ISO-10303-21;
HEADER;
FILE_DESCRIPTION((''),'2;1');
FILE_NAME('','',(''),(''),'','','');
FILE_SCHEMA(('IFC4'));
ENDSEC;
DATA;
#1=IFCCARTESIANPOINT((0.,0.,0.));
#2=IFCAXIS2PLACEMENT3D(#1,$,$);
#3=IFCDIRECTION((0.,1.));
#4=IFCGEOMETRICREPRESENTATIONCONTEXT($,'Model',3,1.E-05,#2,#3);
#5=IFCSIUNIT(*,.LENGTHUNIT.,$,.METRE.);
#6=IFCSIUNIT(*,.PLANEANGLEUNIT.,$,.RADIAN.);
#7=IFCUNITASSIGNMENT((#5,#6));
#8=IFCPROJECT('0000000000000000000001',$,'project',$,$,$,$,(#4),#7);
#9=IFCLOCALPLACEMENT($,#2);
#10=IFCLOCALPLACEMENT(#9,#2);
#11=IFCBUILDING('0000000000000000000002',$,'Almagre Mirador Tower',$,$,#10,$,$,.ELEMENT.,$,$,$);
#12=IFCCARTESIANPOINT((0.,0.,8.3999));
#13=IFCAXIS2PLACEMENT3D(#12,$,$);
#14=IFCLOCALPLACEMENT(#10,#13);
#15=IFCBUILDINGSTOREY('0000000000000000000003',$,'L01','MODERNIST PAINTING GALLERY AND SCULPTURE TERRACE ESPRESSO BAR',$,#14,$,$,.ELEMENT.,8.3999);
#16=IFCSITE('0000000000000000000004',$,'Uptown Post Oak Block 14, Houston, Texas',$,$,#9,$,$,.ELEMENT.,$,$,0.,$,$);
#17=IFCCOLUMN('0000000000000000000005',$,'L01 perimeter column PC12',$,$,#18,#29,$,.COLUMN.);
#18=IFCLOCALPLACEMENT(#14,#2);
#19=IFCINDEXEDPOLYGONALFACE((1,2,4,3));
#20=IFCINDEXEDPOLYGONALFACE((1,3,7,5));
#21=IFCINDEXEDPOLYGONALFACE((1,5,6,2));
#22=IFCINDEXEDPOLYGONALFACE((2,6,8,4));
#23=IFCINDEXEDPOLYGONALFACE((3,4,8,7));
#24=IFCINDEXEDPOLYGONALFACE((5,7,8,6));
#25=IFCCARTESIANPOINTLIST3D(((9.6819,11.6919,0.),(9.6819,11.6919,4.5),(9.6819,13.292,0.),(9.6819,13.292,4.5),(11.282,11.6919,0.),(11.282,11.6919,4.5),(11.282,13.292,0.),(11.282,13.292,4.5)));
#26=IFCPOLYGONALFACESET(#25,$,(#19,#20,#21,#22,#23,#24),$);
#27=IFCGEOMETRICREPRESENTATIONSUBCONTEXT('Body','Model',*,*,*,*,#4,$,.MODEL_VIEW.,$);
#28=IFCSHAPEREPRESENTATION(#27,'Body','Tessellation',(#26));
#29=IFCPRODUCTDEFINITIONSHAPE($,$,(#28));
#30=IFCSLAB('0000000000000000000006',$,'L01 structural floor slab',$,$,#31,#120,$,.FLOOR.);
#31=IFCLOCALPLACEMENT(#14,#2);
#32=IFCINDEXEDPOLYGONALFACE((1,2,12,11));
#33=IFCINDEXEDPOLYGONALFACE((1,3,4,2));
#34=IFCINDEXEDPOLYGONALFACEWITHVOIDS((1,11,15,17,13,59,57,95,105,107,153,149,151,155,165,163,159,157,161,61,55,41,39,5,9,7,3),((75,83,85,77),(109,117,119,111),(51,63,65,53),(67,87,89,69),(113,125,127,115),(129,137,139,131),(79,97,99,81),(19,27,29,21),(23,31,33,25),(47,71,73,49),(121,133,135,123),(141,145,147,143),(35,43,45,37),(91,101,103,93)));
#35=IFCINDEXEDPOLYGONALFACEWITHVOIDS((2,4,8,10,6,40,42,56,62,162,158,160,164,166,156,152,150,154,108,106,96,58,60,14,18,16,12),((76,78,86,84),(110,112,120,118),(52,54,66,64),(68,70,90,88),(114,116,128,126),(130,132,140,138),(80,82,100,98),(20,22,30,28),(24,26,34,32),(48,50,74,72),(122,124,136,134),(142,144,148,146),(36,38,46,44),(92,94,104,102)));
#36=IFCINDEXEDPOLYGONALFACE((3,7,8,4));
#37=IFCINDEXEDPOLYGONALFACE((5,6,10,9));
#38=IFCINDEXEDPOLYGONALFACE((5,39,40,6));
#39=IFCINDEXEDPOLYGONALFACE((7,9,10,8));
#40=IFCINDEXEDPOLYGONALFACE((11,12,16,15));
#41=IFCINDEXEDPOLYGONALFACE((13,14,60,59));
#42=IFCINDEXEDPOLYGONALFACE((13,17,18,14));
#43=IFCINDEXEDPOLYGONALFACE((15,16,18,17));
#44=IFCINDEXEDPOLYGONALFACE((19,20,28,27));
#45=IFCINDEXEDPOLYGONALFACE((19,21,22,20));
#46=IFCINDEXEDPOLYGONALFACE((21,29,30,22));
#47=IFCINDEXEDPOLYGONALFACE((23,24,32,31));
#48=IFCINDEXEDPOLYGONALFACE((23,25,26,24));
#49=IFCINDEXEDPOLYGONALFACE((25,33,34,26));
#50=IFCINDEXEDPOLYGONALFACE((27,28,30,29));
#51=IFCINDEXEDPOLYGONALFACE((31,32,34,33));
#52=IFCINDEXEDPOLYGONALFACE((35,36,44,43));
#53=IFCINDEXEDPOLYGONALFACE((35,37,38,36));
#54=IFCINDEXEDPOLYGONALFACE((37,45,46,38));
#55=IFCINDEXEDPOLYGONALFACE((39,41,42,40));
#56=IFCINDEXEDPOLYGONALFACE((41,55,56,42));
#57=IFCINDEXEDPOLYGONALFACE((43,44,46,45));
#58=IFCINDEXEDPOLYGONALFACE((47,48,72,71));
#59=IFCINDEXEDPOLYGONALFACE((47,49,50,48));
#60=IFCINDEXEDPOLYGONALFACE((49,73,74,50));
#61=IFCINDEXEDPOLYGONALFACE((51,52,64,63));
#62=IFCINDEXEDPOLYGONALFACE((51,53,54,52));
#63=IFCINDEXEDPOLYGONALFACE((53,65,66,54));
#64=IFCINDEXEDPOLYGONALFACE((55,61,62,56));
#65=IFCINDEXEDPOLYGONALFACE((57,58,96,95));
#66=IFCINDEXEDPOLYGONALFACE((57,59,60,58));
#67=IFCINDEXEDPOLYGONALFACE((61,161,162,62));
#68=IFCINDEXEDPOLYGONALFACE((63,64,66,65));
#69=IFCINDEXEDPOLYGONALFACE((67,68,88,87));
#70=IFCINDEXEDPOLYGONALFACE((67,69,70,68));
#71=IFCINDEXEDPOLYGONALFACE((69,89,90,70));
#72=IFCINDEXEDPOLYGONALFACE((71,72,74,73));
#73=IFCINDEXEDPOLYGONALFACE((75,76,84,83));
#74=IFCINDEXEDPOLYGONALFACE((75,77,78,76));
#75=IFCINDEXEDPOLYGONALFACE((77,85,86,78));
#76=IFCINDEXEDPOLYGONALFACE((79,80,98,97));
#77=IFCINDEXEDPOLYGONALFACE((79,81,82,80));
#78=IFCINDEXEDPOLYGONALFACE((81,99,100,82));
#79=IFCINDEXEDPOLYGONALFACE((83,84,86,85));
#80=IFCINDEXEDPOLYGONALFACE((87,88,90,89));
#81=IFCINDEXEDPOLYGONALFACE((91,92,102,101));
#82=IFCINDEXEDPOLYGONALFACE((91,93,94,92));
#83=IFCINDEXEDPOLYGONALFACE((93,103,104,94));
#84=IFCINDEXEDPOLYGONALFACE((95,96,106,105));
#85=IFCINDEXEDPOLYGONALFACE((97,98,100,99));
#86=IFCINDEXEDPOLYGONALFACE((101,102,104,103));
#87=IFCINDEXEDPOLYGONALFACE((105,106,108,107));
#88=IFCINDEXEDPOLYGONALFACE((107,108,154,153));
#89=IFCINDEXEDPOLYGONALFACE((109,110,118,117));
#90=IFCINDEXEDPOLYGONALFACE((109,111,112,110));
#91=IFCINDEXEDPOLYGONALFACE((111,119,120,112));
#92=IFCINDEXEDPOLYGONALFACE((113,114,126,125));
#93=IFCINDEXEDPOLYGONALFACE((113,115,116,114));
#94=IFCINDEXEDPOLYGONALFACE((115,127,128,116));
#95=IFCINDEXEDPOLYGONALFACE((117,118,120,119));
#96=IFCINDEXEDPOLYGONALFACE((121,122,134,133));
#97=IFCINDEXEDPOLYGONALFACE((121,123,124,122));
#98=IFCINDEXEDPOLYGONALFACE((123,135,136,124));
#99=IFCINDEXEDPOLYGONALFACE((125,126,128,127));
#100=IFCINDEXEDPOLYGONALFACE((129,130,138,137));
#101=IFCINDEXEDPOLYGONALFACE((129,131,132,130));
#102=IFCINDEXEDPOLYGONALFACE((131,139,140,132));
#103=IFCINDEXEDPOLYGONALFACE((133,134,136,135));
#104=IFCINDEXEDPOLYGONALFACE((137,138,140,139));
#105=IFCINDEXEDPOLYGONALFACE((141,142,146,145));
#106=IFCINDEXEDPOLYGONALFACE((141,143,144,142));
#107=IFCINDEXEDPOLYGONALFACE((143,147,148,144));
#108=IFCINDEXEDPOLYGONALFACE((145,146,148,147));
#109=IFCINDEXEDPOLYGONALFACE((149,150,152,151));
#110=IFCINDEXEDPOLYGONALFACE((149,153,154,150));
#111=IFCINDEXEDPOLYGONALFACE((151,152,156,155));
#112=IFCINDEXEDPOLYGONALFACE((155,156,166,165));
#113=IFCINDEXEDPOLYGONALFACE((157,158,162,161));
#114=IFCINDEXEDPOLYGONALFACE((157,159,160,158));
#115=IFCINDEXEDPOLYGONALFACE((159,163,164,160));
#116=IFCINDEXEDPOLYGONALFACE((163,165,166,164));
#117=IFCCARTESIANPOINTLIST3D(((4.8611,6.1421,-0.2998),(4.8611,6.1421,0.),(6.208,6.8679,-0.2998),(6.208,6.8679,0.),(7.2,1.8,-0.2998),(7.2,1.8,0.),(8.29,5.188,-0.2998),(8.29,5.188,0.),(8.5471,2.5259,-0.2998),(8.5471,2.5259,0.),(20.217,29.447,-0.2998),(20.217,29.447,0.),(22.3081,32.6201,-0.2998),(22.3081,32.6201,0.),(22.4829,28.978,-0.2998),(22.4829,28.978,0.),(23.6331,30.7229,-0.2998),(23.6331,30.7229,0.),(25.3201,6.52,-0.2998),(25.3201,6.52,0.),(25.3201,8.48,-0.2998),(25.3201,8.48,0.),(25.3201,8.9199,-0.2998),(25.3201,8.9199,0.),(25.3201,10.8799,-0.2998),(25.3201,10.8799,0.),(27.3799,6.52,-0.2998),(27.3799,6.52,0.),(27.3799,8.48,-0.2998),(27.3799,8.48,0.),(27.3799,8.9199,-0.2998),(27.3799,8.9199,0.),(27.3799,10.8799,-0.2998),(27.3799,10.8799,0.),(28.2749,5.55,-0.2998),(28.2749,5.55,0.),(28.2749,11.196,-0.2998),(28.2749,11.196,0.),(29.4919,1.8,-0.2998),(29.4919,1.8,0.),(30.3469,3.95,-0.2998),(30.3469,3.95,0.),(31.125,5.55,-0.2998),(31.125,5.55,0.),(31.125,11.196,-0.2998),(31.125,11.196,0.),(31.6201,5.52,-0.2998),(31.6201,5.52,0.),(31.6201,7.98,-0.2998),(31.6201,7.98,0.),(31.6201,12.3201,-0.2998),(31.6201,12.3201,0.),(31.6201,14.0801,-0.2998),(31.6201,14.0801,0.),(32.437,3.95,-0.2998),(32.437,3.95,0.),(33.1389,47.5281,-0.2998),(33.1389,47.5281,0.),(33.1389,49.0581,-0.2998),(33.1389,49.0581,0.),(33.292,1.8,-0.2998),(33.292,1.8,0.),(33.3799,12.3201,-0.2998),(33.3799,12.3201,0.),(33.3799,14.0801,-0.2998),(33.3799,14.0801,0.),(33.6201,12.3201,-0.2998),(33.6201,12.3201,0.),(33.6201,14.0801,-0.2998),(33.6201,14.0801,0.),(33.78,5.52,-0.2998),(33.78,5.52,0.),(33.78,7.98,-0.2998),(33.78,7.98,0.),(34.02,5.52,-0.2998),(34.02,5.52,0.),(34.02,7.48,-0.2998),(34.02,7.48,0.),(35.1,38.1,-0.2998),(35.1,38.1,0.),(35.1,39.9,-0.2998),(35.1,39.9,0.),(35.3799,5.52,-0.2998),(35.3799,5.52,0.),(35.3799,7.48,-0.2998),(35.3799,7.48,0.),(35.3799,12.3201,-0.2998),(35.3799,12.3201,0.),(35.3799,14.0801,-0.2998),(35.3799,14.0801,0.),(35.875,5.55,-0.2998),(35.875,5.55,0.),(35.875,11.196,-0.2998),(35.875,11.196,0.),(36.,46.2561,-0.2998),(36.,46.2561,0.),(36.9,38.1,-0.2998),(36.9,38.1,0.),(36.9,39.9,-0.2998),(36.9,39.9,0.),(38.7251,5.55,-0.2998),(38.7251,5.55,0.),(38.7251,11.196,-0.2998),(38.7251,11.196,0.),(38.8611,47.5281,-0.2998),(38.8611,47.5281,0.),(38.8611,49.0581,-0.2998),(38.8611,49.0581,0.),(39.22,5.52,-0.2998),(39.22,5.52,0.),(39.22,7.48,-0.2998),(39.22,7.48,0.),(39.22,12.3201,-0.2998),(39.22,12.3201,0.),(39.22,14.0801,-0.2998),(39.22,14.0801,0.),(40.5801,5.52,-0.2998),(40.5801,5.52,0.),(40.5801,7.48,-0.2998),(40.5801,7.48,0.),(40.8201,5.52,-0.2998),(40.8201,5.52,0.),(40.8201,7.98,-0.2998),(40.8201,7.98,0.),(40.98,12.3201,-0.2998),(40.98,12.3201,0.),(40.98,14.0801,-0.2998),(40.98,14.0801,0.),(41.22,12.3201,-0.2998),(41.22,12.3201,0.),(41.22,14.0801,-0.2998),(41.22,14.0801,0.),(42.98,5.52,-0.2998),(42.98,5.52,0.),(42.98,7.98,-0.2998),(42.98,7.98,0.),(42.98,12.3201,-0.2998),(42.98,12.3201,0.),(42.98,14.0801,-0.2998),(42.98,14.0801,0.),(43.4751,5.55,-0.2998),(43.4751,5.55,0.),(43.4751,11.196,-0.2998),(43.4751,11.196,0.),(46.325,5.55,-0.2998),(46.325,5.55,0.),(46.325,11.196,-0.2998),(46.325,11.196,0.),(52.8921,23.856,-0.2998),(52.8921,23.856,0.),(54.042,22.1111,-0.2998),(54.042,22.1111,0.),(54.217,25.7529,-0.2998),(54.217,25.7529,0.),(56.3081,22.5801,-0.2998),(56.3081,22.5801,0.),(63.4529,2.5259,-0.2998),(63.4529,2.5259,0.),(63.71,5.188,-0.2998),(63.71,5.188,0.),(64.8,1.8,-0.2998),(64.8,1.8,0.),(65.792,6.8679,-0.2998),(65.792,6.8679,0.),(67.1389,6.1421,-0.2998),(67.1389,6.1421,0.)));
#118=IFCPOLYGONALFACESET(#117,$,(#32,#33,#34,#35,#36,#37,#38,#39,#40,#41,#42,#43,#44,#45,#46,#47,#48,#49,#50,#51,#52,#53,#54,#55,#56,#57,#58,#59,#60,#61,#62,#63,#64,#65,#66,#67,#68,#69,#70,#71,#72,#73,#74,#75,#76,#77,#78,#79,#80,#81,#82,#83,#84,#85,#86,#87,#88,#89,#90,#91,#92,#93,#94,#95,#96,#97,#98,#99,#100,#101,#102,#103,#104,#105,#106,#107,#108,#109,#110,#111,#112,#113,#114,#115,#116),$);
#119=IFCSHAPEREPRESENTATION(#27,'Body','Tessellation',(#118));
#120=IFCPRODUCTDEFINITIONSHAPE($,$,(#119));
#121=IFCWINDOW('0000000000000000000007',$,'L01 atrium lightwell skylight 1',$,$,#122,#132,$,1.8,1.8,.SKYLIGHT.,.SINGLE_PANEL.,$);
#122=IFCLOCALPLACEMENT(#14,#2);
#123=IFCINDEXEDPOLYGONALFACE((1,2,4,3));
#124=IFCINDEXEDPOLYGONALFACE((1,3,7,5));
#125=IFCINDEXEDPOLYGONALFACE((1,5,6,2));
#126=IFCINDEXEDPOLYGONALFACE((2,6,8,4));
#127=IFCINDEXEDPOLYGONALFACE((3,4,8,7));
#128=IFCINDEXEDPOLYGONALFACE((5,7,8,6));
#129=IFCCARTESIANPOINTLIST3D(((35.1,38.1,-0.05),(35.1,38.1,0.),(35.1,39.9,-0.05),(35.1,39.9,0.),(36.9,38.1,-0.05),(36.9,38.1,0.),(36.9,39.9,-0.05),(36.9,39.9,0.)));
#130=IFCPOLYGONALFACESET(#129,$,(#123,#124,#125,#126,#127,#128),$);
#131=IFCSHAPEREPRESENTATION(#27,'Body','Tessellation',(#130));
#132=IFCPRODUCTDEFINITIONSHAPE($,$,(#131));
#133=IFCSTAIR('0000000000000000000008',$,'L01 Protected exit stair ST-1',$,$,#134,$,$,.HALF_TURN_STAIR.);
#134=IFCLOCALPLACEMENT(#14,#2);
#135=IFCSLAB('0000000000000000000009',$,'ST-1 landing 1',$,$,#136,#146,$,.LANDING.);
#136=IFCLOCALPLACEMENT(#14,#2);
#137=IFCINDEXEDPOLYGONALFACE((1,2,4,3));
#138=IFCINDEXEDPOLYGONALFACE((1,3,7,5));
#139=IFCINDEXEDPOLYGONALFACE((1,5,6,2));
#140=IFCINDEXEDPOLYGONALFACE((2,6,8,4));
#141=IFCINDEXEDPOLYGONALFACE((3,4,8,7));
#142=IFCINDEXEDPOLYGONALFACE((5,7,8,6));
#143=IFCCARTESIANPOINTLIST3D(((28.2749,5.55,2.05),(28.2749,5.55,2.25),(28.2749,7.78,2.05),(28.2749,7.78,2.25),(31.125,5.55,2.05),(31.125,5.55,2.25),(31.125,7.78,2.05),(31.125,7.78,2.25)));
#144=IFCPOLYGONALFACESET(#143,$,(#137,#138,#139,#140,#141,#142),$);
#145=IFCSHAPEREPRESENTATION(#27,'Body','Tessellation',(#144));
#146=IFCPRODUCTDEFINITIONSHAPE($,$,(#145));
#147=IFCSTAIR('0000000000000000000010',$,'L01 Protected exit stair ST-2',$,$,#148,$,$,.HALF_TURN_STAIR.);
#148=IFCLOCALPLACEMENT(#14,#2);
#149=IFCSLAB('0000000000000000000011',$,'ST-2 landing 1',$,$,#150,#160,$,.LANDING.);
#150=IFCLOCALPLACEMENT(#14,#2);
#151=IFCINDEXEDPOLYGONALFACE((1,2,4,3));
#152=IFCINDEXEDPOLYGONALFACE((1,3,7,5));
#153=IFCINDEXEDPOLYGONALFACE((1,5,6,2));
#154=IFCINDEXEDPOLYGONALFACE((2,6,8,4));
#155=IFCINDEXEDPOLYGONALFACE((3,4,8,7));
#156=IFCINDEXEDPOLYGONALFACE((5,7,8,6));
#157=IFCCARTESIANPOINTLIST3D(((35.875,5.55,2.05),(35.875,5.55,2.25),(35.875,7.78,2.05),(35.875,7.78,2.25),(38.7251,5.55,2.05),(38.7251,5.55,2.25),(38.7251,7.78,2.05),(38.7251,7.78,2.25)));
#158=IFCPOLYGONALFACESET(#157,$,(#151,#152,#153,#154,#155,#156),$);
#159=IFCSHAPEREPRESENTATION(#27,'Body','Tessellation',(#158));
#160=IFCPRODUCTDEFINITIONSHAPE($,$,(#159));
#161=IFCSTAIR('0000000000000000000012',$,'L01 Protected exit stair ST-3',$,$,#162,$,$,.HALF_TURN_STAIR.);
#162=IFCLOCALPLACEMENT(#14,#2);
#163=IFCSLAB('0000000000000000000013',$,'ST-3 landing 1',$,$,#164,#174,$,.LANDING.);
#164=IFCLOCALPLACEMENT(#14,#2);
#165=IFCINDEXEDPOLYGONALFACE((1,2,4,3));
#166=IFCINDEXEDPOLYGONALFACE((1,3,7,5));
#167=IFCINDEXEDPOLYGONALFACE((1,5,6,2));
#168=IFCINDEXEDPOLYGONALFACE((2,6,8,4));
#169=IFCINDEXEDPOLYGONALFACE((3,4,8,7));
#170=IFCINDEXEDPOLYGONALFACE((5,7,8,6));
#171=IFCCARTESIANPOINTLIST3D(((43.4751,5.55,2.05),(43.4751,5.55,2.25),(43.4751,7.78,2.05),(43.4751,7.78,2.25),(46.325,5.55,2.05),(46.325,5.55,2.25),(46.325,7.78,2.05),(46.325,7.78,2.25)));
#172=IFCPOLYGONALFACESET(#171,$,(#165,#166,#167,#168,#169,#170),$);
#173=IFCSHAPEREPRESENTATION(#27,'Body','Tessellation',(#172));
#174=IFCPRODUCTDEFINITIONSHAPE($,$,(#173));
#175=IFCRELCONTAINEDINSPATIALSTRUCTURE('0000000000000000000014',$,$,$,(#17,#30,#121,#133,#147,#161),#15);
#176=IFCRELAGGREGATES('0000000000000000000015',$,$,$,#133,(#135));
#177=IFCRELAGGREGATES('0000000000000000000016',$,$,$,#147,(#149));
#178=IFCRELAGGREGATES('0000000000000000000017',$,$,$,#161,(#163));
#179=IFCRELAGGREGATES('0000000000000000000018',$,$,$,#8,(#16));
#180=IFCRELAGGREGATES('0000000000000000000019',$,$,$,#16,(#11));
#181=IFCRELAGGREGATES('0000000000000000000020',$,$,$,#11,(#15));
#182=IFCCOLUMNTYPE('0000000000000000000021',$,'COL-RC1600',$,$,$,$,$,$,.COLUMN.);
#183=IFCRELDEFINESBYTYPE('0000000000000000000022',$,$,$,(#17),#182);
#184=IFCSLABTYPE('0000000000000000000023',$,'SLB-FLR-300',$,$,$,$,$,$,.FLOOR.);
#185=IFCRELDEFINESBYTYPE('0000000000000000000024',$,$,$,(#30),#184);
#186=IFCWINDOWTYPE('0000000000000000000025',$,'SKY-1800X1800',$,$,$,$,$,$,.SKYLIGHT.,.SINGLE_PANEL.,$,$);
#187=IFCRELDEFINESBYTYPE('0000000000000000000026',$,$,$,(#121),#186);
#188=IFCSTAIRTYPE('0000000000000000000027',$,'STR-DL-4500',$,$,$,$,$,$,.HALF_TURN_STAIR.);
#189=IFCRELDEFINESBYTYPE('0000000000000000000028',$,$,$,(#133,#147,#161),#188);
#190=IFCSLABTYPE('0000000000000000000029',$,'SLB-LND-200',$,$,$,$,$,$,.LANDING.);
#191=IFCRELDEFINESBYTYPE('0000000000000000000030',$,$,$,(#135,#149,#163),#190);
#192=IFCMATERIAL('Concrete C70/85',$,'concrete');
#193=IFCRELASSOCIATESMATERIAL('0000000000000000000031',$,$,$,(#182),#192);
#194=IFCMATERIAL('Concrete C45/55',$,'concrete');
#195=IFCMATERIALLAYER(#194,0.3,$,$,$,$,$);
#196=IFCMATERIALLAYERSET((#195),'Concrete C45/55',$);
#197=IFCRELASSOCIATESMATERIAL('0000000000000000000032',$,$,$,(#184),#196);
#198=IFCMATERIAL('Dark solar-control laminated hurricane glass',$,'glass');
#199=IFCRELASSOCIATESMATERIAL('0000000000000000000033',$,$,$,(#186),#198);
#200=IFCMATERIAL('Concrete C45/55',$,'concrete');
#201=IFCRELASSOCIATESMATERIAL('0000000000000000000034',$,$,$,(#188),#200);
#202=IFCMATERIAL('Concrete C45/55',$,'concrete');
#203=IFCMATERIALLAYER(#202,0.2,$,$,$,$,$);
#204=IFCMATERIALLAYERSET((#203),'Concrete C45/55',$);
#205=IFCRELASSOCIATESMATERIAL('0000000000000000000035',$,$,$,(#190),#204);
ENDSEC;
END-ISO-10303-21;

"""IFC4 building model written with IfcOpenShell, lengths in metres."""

from ifc_helpers import new_model, si_unit, direction, frame, origin, origin_2d, place, context, subcontext, project, spatial, polyline, rectangle, outline, extrude, material, layer, layer_set, material_profile, profile_set, type_object, element, fill, aggregate, save


model = new_model("IFC4")

# Units and contexts
model_context = context("Model", 3, precision=1e-05, world=origin(), true_north=direction((0.0, 1.0)))
body_context = subcontext(model_context, "Body", "Model", "MODEL_VIEW")
ifc_project = project(units=[si_unit("LENGTHUNIT", "METRE"), si_unit("PLANEANGLEUNIT", "RADIAN")], contexts=[model_context])

# Site, building, storey
site_placement = place(None, origin())
site = spatial("IfcSite", under=ifc_project, at=site_placement, Name="Uptown Post Oak Block 14, Houston, Texas", CompositionType="ELEMENT", RefElevation=0.0)
building_placement = place(site_placement, origin())
building = spatial("IfcBuilding", under=site, at=building_placement, Name="Almagre Mirador Tower", CompositionType="ELEMENT")
storey_placement = place(building_placement, frame((0.0, 0.0, 8.3999)))
storey = spatial("IfcBuildingStorey", under=building, at=storey_placement, Name="L01", Description="MODERNIST PAINTING GALLERY AND SCULPTURE TERRACE ESPRESSO BAR", CompositionType="ELEMENT", Elevation=8.3999)

# Column
ifc_material_1 = material(Name="Concrete C70/85", Category="concrete")
ifc_material_profile = material_profile(ifc_material_1, rectangle(XDim=1.6001, YDim=1.6001, at=origin_2d()), Name="RC1600X1600")
ifc_profile_set = profile_set([ifc_material_profile], Name="Concrete C70/85")
column_type = type_object("IfcColumnType", Name="COL-RC1600", PredefinedType="COLUMN", material=ifc_profile_set)
column_placement = place(storey_placement, frame((10.4819, 12.4919, 0.0), z_axis=(0.0, 0.0, 1.0), x_axis=(1.0, 0.0, 0.0)))
element("IfcColumn", 1, at=column_placement, inside=storey, type_object=column_type, Name="L01 perimeter column PC12", PredefinedType="COLUMN", context=body_context, shape_type="SweptSolid", body=[
    extrude(rectangle(XDim=1.6001, YDim=1.6001, at=origin_2d()), origin(), (0.0, 0.0, 1.0), 4.5),
])

# Slab, opening, window
ifc_material_2 = material(Name="Concrete C45/55", Category="concrete")
ifc_layer_1 = layer(ifc_material_2, 0.3)
ifc_layer_set_1 = layer_set([ifc_layer_1], Name="Concrete C45/55")
slab_type_1 = type_object("IfcSlabType", Name="SLB-FLR-300", PredefinedType="FLOOR", material=ifc_layer_set_1)
slab_1_placement = place(storey_placement, frame((0.0, 0.0, -0.2998)))
slab_1 = element("IfcSlab", 2, at=slab_1_placement, inside=storey, type_object=slab_type_1, Name="L01 structural floor slab", PredefinedType="FLOOR", context=body_context, shape_type="SweptSolid", body=[
    extrude(outline(polyline([(4.8611, 6.1421), (6.208, 6.8679), (8.29, 5.188), (8.5471, 2.5259), (7.2, 1.8), (29.4919, 1.8), (30.3469, 3.95), (32.437, 3.95), (33.292, 1.8), (64.8, 1.8), (63.4529, 2.5259), (63.71, 5.188), (65.792, 6.8679), (67.1389, 6.1421), (56.3081, 22.5801), (54.042, 22.1111), (52.8921, 23.856), (54.217, 25.7529), (38.8611, 49.0581), (38.8611, 47.5281), (36.0, 46.2561), (33.1389, 47.5281), (33.1389, 49.0581), (22.3081, 32.6201), (23.6331, 30.7229), (22.4829, 28.978), (20.217, 29.447), (4.8611, 6.1421)]), holes=[polyline([(43.4751, 11.196), (46.325, 11.196), (46.325, 5.55), (43.4751, 5.55), (43.4751, 11.196)]), polyline([(40.8201, 5.52), (40.8201, 7.98), (42.98, 7.98), (42.98, 5.52), (40.8201, 5.52)]), polyline([(41.22, 12.3201), (41.22, 14.0801), (42.98, 14.0801), (42.98, 12.3201), (41.22, 12.3201)]), polyline([(39.22, 12.3201), (39.22, 14.0801), (40.98, 14.0801), (40.98, 12.3201), (39.22, 12.3201)]), polyline([(39.22, 5.52), (39.22, 7.48), (40.5801, 7.48), (40.5801, 5.52), (39.22, 5.52)]), polyline([(35.875, 11.196), (38.7251, 11.196), (38.7251, 5.55), (35.875, 5.55), (35.875, 11.196)]), polyline([(35.3799, 5.52), (34.02, 5.52), (34.02, 7.48), (35.3799, 7.48), (35.3799, 5.52)]), polyline([(35.3799, 12.3201), (33.6201, 12.3201), (33.6201, 14.0801), (35.3799, 14.0801), (35.3799, 12.3201)]), polyline([(31.6201, 5.52), (31.6201, 7.98), (33.78, 7.98), (33.78, 5.52), (31.6201, 5.52)]), polyline([(31.6201, 12.3201), (31.6201, 14.0801), (33.3799, 14.0801), (33.3799, 12.3201), (31.6201, 12.3201)]), polyline([(28.2749, 5.55), (28.2749, 11.196), (31.125, 11.196), (31.125, 5.55), (28.2749, 5.55)]), polyline([(25.3201, 6.52), (25.3201, 8.48), (27.3799, 8.48), (27.3799, 6.52), (25.3201, 6.52)]), polyline([(25.3201, 8.9199), (25.3201, 10.8799), (27.3799, 10.8799), (27.3799, 8.9199), (25.3201, 8.9199)])]), origin(), (0.0, 0.0, 1.0), 0.2998),
])
opening_1_placement = place(slab_1_placement, frame((36.0, 39.0, 0.0)))
opening_1 = element("IfcOpeningElement", 3, at=opening_1_placement, cuts=slab_1, PredefinedType="OPENING", context=body_context, shape_type="SweptSolid", body=[
    extrude(rectangle(XDim=1.8, YDim=1.8, at=origin_2d()), origin(), (0.0, 0.0, 1.0), 0.2998),
])
ifc_material_3 = material(Name="Dark solar-control laminated hurricane glass", Category="glass")
window_type_1 = type_object("IfcWindowType", Name="SKY-1800X1800", PartitioningType="SINGLE_PANEL", PredefinedType="SKYLIGHT", material=ifc_material_3)
window_1_placement = place(opening_1_placement, frame((0.0, 0.0, 0.2498)))
window_1 = element("IfcWindow", 4, at=window_1_placement, inside=storey, type_object=window_type_1, Name="L01 atrium lightwell skylight 1", OverallHeight=1.8, OverallWidth=1.8, PartitioningType="SINGLE_PANEL", PredefinedType="SKYLIGHT", context=body_context, shape_type="SweptSolid", body=[
    extrude(rectangle(XDim=1.8, YDim=1.8, at=origin_2d()), origin(), (0.0, 0.0, 1.0), 0.05),
])
fill(opening_1, window_1)

# Stairs, slabs
ifc_material_4 = material(Name="Concrete C45/55", Category="concrete")
stair_type = type_object("IfcStairType", Name="STR-DL-4500", PredefinedType="HALF_TURN_STAIR", material=ifc_material_4)
stair_1_placement = place(storey_placement, origin())
stair_1 = element("IfcStair", 5, at=stair_1_placement, inside=storey, type_object=stair_type, Name="L01 Protected exit stair ST-1", PredefinedType="HALF_TURN_STAIR")
ifc_material_5 = material(Name="Concrete C45/55", Category="concrete")
ifc_layer_2 = layer(ifc_material_5, 0.2)
ifc_layer_set_2 = layer_set([ifc_layer_2], Name="Concrete C45/55")
slab_type_2 = type_object("IfcSlabType", Name="SLB-LND-200", PredefinedType="LANDING", material=ifc_layer_set_2)
slab_2_placement = place(storey_placement, frame((0.0, 0.0, 2.05)))
slab_2 = element("IfcSlab", 6, at=slab_2_placement, type_object=slab_type_2, Name="ST-1 landing 1", PredefinedType="LANDING", context=body_context, shape_type="SweptSolid", body=[
    extrude(outline(polyline([(28.2749, 7.78), (28.2749, 5.55), (31.125, 5.55), (31.125, 7.78), (28.2749, 7.78)])), origin(), (0.0, 0.0, 1.0), 0.2),
])
aggregate(stair_1, [slab_2])
stair_2_placement = place(storey_placement, origin())
stair_2 = element("IfcStair", 7, at=stair_2_placement, inside=storey, type_object=stair_type, Name="L01 Protected exit stair ST-2", PredefinedType="HALF_TURN_STAIR")
slab_3_placement = place(storey_placement, frame((0.0, 0.0, 2.05)))
slab_3 = element("IfcSlab", 8, at=slab_3_placement, type_object=slab_type_2, Name="ST-2 landing 1", PredefinedType="LANDING", context=body_context, shape_type="SweptSolid", body=[
    extrude(outline(polyline([(35.875, 7.78), (35.875, 5.55), (38.7251, 5.55), (38.7251, 7.78), (35.875, 7.78)])), origin(), (0.0, 0.0, 1.0), 0.2),
])
aggregate(stair_2, [slab_3])
stair_3_placement = place(storey_placement, origin())
stair_3 = element("IfcStair", 9, at=stair_3_placement, inside=storey, type_object=stair_type, Name="L01 Protected exit stair ST-3", PredefinedType="HALF_TURN_STAIR")
slab_4_placement = place(storey_placement, frame((0.0, 0.0, 2.05)))
slab_4 = element("IfcSlab", 10, at=slab_4_placement, type_object=slab_type_2, Name="ST-3 landing 1", PredefinedType="LANDING", context=body_context, shape_type="SweptSolid", body=[
    extrude(outline(polyline([(43.4751, 7.78), (43.4751, 5.55), (46.325, 5.55), (46.325, 7.78), (43.4751, 7.78)])), origin(), (0.0, 0.0, 1.0), 0.2),
])
aggregate(stair_3, [slab_4])

save(model, "model.ifc")
